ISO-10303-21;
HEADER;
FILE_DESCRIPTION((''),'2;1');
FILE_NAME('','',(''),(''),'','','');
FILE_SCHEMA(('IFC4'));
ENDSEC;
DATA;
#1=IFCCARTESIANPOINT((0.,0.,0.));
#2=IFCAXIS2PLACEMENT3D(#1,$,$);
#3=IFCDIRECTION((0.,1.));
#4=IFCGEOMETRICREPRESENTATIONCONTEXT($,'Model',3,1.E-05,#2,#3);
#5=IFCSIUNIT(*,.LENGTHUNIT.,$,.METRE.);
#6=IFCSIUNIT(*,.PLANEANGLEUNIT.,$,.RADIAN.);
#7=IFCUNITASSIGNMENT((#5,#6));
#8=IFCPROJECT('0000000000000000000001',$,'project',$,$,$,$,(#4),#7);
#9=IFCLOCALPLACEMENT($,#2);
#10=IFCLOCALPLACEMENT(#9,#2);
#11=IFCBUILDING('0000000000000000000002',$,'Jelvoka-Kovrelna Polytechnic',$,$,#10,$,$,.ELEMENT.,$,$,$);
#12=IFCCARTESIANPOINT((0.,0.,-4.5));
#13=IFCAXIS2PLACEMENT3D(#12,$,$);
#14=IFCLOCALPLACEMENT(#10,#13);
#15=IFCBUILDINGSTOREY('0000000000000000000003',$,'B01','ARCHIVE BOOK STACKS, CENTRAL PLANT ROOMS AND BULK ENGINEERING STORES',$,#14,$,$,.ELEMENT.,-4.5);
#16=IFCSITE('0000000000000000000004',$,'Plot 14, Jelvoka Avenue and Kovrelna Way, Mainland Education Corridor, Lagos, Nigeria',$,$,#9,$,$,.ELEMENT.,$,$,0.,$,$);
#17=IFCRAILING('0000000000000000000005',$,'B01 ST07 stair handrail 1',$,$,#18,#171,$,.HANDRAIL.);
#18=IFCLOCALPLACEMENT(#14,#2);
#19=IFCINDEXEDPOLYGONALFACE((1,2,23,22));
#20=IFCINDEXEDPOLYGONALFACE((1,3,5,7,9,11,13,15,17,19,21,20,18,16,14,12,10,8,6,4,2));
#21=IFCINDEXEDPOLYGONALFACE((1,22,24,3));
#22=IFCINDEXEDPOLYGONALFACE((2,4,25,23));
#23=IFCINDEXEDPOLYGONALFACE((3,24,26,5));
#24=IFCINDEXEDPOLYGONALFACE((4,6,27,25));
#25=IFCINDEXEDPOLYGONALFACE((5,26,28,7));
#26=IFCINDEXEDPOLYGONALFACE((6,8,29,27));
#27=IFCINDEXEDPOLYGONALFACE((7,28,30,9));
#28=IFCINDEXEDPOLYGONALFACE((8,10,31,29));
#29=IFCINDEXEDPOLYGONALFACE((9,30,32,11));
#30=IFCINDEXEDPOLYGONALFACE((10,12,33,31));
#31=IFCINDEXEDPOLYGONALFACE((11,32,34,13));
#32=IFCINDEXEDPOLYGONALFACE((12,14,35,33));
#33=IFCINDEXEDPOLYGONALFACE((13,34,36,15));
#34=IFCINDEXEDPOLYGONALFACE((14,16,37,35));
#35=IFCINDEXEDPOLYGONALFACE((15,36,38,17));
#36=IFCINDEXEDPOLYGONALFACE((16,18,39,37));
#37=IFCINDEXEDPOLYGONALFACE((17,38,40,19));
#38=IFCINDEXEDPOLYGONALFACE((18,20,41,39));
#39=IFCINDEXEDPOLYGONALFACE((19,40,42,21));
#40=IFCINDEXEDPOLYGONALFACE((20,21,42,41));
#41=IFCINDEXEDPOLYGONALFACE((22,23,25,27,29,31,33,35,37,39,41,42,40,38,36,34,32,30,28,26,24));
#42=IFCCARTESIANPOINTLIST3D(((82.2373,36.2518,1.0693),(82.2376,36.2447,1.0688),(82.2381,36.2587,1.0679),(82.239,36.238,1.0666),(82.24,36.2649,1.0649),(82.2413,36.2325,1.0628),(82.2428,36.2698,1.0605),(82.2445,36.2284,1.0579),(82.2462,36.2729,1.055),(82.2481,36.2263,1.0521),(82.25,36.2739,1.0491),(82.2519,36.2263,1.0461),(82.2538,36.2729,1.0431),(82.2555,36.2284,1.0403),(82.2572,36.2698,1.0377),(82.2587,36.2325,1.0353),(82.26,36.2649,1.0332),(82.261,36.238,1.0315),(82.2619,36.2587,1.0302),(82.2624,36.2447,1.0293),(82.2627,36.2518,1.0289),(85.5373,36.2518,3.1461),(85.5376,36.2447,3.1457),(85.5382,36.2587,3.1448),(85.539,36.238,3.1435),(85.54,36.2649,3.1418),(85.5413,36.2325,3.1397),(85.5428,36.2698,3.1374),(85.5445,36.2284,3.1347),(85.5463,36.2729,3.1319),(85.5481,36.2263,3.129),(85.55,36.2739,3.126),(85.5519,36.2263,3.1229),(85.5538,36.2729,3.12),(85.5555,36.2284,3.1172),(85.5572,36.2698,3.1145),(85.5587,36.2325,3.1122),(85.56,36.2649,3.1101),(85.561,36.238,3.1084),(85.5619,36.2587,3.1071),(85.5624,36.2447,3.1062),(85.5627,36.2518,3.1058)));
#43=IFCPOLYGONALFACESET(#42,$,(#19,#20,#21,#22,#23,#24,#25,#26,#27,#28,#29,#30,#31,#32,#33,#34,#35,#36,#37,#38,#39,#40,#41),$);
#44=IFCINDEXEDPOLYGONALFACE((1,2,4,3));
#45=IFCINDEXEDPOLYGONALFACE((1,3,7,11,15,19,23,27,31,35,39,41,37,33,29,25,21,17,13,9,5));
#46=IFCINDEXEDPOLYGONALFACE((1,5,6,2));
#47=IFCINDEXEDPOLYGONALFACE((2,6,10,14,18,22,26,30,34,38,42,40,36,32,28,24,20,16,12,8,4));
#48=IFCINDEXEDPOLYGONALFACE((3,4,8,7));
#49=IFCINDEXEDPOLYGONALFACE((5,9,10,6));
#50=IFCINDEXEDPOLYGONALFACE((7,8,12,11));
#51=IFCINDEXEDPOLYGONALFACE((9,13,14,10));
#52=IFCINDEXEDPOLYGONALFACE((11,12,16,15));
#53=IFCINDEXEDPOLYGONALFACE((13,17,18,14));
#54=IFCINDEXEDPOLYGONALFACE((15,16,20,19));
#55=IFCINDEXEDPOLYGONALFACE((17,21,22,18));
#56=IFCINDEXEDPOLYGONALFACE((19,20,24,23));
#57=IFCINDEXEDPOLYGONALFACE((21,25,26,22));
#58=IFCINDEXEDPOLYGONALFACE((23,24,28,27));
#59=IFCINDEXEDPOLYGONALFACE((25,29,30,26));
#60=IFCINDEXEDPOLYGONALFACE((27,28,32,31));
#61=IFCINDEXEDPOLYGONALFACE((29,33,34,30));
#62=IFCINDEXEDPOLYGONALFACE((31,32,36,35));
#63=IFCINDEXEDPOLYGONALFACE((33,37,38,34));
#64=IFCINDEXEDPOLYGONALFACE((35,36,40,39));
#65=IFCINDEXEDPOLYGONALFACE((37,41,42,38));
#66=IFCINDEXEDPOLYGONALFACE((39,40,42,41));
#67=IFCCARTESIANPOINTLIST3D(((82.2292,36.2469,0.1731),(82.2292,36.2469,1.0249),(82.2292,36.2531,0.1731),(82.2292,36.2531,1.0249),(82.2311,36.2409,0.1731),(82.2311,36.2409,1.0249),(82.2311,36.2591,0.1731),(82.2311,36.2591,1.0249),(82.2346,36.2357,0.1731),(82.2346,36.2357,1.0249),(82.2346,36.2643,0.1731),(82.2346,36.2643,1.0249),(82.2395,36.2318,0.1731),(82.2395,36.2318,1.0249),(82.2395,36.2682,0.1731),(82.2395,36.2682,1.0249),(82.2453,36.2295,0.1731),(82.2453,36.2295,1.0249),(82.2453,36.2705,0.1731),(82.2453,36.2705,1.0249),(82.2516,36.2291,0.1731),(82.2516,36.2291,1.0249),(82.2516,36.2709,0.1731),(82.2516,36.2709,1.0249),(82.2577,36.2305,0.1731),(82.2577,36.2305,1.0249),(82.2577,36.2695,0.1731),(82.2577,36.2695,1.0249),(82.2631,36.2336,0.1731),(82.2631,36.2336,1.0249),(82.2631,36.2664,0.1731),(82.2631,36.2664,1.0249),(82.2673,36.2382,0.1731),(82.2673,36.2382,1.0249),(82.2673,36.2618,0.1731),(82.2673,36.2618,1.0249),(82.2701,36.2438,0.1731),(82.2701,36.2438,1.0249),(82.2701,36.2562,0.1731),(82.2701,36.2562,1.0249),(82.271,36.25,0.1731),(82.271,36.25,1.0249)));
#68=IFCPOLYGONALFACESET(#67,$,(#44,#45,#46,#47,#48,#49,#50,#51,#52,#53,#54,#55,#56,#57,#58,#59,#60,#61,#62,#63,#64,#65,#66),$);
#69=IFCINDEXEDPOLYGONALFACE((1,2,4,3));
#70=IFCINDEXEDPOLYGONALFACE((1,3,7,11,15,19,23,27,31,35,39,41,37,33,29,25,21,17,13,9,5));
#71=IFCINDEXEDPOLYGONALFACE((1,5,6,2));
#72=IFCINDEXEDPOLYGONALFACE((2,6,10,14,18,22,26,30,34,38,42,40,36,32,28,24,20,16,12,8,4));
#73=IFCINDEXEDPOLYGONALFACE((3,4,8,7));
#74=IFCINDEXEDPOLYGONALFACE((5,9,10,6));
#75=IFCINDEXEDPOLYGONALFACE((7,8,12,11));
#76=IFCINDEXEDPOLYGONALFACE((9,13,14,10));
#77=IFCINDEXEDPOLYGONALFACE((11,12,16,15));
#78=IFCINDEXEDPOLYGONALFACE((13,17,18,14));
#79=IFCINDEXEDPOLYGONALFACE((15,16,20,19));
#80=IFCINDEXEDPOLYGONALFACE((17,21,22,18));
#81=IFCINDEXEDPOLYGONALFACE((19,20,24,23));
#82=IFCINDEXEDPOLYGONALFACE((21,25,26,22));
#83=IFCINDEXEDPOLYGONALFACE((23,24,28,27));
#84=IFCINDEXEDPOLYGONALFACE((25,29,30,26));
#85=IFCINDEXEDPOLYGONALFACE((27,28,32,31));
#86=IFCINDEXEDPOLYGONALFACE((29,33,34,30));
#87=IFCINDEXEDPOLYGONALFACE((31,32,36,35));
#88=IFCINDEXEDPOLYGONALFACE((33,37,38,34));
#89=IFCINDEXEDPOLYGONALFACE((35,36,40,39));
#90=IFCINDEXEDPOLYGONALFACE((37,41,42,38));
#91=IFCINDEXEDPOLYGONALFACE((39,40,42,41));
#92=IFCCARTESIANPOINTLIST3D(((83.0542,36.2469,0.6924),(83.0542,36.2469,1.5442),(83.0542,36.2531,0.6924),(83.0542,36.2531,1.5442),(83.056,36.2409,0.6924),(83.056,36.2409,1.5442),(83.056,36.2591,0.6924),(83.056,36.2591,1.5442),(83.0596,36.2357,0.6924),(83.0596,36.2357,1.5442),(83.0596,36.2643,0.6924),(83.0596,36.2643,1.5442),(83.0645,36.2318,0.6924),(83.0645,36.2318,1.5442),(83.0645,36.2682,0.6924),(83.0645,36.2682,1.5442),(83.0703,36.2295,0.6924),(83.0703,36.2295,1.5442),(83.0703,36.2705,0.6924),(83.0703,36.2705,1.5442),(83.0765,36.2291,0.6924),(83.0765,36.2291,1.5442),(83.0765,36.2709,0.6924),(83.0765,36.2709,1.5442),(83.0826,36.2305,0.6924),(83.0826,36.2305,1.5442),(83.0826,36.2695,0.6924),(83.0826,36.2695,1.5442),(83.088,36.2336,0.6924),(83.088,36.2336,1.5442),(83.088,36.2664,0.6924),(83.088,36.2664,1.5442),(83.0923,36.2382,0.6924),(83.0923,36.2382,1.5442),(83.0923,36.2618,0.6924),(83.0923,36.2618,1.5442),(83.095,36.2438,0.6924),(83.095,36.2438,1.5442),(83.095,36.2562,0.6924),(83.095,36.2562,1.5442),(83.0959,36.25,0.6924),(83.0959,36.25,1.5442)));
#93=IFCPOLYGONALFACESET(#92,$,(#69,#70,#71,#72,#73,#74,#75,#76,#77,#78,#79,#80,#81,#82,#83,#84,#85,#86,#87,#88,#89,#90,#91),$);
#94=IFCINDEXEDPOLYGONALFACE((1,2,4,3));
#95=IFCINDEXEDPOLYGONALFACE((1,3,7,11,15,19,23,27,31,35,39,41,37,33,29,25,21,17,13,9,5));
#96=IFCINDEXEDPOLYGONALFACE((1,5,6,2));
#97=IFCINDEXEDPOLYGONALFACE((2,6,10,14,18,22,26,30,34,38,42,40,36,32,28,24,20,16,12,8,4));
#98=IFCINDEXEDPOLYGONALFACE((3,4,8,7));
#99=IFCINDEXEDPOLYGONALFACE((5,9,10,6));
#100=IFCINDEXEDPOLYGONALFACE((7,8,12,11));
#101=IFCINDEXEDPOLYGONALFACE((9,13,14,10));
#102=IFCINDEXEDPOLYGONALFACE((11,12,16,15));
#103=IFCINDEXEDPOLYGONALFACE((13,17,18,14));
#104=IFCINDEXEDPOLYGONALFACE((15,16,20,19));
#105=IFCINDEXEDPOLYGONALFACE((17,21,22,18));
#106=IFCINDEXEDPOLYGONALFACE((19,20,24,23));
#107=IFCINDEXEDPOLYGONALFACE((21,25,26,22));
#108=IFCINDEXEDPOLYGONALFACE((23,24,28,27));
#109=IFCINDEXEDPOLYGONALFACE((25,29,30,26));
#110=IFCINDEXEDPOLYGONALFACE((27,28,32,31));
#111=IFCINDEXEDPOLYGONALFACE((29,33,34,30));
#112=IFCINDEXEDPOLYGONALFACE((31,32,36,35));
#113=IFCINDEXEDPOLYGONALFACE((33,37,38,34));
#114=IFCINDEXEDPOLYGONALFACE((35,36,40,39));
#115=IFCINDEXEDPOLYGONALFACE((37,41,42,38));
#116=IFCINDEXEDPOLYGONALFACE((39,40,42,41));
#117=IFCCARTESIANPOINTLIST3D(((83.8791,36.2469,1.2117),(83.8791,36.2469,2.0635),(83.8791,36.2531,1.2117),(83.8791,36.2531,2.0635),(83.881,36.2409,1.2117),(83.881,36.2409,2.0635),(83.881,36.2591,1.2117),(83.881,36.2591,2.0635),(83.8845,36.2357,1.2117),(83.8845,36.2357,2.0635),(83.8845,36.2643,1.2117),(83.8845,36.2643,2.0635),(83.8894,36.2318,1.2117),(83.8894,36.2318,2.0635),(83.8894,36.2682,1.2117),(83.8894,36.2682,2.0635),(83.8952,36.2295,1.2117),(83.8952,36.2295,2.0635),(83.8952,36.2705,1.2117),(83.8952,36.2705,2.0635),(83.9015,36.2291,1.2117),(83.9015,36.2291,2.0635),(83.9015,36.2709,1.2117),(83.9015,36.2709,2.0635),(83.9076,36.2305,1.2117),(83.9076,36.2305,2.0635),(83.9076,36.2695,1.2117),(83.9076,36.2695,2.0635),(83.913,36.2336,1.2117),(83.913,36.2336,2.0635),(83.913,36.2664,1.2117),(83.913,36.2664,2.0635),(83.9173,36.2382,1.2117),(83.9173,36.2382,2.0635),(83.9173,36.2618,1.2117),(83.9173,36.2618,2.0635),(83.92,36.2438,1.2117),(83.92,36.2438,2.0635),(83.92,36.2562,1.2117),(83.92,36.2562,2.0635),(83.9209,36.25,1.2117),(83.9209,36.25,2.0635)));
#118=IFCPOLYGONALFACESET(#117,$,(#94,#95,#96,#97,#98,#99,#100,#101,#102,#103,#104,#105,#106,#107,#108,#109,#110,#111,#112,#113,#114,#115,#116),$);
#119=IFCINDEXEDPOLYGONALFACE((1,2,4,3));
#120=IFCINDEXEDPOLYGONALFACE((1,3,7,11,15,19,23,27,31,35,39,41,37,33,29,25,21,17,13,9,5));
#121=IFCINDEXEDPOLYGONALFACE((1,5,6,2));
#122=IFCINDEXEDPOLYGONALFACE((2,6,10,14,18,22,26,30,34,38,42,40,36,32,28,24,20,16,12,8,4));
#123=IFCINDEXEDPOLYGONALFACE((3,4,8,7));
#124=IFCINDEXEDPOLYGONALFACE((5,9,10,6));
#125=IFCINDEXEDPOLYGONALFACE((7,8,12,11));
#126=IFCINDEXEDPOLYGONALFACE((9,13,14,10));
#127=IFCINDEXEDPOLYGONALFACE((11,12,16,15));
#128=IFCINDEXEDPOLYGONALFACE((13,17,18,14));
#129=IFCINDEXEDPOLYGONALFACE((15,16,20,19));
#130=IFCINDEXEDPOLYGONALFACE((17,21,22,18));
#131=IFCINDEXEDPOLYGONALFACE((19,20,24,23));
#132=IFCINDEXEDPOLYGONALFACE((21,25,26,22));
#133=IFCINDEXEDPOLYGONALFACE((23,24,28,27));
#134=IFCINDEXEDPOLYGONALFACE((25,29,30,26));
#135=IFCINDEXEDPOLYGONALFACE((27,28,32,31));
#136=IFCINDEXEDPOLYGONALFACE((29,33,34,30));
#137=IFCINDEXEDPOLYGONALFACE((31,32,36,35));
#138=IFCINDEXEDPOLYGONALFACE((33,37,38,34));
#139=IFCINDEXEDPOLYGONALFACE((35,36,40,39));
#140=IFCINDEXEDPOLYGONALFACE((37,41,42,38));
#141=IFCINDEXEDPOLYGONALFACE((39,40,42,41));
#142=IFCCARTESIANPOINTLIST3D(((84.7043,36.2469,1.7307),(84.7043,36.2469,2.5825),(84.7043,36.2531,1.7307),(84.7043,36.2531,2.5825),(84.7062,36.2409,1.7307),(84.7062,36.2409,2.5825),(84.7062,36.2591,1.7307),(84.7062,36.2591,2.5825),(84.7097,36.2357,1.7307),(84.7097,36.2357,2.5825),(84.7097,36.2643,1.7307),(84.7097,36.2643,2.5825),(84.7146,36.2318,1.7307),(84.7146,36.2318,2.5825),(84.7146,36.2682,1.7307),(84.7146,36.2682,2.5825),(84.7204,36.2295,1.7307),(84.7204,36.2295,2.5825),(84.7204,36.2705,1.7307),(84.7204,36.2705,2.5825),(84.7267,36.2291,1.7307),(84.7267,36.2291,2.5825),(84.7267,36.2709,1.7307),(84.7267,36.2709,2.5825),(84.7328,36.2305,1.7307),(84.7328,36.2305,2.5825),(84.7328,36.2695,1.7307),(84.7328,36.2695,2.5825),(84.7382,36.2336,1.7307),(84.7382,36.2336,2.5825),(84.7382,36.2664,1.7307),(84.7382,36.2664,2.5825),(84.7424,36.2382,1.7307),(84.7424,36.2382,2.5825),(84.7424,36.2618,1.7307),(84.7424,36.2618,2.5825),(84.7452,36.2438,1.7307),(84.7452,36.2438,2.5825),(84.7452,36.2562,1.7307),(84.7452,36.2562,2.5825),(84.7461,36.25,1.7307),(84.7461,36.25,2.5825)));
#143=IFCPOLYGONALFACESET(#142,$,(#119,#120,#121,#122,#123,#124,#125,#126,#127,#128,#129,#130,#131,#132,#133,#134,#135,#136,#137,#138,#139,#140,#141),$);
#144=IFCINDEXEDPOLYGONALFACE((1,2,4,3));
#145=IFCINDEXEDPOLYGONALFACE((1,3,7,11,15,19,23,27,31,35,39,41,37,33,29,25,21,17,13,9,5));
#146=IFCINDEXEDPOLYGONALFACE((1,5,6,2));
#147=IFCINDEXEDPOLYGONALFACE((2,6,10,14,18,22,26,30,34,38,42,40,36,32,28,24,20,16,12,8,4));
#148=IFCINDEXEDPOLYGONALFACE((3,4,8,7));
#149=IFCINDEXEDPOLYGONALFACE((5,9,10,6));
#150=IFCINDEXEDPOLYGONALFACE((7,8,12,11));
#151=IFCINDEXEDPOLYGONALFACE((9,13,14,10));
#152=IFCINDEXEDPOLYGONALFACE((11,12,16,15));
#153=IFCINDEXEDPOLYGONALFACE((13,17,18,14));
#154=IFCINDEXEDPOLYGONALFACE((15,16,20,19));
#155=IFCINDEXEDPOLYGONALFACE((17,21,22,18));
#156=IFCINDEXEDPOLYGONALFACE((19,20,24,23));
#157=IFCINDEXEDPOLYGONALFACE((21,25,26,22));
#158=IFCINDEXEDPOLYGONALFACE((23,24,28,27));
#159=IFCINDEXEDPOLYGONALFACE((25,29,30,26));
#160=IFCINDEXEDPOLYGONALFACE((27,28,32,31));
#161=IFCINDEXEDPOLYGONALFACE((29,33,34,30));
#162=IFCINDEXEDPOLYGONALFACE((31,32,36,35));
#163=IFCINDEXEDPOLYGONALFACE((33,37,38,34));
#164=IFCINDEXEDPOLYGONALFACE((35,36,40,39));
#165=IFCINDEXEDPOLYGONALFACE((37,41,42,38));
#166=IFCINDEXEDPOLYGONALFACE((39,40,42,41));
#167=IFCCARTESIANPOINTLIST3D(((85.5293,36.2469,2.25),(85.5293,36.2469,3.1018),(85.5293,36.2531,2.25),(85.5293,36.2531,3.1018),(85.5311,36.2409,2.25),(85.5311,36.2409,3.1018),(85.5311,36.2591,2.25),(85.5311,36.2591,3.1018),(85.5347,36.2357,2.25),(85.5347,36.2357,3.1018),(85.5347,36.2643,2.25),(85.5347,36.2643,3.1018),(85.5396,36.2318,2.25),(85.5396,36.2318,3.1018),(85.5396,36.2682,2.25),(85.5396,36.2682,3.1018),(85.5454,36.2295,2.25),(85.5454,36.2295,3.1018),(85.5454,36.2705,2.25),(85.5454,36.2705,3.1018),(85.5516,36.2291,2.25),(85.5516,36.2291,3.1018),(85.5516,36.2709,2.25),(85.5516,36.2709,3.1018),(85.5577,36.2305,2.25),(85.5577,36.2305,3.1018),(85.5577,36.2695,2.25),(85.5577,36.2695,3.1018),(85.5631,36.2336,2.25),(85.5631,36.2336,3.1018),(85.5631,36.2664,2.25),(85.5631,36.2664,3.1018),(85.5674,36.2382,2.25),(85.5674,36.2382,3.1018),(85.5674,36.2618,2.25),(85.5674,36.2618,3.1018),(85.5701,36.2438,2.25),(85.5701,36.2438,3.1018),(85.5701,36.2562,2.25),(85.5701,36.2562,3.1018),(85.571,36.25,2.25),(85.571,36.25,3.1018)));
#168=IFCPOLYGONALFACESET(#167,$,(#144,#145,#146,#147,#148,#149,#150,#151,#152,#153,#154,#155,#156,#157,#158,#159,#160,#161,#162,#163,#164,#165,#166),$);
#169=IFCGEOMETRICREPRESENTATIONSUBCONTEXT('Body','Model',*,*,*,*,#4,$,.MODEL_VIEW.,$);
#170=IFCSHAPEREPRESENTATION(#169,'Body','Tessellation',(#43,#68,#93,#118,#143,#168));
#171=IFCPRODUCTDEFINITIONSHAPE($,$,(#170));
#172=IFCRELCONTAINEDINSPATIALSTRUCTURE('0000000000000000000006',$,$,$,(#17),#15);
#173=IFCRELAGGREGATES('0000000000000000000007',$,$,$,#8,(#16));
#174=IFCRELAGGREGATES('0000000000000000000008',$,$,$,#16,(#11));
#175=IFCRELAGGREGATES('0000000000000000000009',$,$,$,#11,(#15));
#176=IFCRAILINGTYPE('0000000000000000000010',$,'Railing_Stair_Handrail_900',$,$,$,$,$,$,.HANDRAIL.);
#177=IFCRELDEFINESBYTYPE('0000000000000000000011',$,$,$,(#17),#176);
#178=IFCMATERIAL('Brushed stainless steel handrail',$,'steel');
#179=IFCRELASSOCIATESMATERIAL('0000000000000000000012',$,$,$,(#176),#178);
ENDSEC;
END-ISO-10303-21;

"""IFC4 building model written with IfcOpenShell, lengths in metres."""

from ifc_helpers import new_model, si_unit, direction, frame, origin, origin_2d, place, context, subcontext, project, spatial, circle, extrude, material, type_object, element, save


model = new_model("IFC4")

# Units and contexts
model_context = context("Model", 3, precision=1e-05, world=origin(), true_north=direction((0.0, 1.0)))
body_context = subcontext(model_context, "Body", "Model", "MODEL_VIEW")
ifc_project = project(units=[si_unit("LENGTHUNIT", "METRE"), si_unit("PLANEANGLEUNIT", "RADIAN")], contexts=[model_context])

# Site, building, storey
site_placement = place(None, origin())
site = spatial("IfcSite", under=ifc_project, at=site_placement, Name="Plot 14, Jelvoka Avenue and Kovrelna Way, Mainland Education Corridor, Lagos, Nigeria", CompositionType="ELEMENT", RefElevation=0.0)
building_placement = place(site_placement, origin())
building = spatial("IfcBuilding", under=site, at=building_placement, Name="Jelvoka-Kovrelna Polytechnic", CompositionType="ELEMENT")
storey_placement = place(building_placement, frame((0.0, 0.0, -4.5)))
storey = spatial("IfcBuildingStorey", under=building, at=storey_placement, Name="B01", Description="ARCHIVE BOOK STACKS, CENTRAL PLANT ROOMS AND BULK ENGINEERING STORES", CompositionType="ELEMENT", Elevation=-4.5)

# Railing
ifc_material_1 = material(Name="Brushed stainless steel handrail", Category="steel")
railing_type_1 = type_object("IfcRailingType", Name="Railing_Stair_Handrail_900", PredefinedType="HANDRAIL", material=ifc_material_1)
railing_1_placement = place(storey_placement, frame((82.25, 36.25, 0.1731)))
element("IfcRailing", 1, at=railing_1_placement, inside=storey, type_object=railing_type_1, Name="B01 ST07 stair handrail 1", PredefinedType="HANDRAIL", context=body_context, shape_type="SweptSolid", body=[
    extrude(circle(Radius=0.0239, at=origin_2d()), frame((0.0, 0.0, 0.876), z_axis=(0.846337, 0.0, 0.532647), x_axis=(0.0, 1.0, 0.0)), (0.0, 0.0, 1.0), 3.8992),
    extrude(circle(Radius=0.021, at=origin_2d()), origin(), (0.0, 0.0, 1.0), 0.8518),
    extrude(circle(Radius=0.021, at=origin_2d()), frame((0.825, 0.0, 0.5193)), (0.0, 0.0, 1.0), 0.8518),
    extrude(circle(Radius=0.021, at=origin_2d()), frame((1.6499, 0.0, 1.0386)), (0.0, 0.0, 1.0), 0.8518),
    extrude(circle(Radius=0.021, at=origin_2d()), frame((2.4751, 0.0, 1.5576)), (0.0, 0.0, 1.0), 0.8518),
    extrude(circle(Radius=0.021, at=origin_2d()), frame((3.3, 0.0, 2.0769)), (0.0, 0.0, 1.0), 0.8518),
])

save(model, "model.ifc")
